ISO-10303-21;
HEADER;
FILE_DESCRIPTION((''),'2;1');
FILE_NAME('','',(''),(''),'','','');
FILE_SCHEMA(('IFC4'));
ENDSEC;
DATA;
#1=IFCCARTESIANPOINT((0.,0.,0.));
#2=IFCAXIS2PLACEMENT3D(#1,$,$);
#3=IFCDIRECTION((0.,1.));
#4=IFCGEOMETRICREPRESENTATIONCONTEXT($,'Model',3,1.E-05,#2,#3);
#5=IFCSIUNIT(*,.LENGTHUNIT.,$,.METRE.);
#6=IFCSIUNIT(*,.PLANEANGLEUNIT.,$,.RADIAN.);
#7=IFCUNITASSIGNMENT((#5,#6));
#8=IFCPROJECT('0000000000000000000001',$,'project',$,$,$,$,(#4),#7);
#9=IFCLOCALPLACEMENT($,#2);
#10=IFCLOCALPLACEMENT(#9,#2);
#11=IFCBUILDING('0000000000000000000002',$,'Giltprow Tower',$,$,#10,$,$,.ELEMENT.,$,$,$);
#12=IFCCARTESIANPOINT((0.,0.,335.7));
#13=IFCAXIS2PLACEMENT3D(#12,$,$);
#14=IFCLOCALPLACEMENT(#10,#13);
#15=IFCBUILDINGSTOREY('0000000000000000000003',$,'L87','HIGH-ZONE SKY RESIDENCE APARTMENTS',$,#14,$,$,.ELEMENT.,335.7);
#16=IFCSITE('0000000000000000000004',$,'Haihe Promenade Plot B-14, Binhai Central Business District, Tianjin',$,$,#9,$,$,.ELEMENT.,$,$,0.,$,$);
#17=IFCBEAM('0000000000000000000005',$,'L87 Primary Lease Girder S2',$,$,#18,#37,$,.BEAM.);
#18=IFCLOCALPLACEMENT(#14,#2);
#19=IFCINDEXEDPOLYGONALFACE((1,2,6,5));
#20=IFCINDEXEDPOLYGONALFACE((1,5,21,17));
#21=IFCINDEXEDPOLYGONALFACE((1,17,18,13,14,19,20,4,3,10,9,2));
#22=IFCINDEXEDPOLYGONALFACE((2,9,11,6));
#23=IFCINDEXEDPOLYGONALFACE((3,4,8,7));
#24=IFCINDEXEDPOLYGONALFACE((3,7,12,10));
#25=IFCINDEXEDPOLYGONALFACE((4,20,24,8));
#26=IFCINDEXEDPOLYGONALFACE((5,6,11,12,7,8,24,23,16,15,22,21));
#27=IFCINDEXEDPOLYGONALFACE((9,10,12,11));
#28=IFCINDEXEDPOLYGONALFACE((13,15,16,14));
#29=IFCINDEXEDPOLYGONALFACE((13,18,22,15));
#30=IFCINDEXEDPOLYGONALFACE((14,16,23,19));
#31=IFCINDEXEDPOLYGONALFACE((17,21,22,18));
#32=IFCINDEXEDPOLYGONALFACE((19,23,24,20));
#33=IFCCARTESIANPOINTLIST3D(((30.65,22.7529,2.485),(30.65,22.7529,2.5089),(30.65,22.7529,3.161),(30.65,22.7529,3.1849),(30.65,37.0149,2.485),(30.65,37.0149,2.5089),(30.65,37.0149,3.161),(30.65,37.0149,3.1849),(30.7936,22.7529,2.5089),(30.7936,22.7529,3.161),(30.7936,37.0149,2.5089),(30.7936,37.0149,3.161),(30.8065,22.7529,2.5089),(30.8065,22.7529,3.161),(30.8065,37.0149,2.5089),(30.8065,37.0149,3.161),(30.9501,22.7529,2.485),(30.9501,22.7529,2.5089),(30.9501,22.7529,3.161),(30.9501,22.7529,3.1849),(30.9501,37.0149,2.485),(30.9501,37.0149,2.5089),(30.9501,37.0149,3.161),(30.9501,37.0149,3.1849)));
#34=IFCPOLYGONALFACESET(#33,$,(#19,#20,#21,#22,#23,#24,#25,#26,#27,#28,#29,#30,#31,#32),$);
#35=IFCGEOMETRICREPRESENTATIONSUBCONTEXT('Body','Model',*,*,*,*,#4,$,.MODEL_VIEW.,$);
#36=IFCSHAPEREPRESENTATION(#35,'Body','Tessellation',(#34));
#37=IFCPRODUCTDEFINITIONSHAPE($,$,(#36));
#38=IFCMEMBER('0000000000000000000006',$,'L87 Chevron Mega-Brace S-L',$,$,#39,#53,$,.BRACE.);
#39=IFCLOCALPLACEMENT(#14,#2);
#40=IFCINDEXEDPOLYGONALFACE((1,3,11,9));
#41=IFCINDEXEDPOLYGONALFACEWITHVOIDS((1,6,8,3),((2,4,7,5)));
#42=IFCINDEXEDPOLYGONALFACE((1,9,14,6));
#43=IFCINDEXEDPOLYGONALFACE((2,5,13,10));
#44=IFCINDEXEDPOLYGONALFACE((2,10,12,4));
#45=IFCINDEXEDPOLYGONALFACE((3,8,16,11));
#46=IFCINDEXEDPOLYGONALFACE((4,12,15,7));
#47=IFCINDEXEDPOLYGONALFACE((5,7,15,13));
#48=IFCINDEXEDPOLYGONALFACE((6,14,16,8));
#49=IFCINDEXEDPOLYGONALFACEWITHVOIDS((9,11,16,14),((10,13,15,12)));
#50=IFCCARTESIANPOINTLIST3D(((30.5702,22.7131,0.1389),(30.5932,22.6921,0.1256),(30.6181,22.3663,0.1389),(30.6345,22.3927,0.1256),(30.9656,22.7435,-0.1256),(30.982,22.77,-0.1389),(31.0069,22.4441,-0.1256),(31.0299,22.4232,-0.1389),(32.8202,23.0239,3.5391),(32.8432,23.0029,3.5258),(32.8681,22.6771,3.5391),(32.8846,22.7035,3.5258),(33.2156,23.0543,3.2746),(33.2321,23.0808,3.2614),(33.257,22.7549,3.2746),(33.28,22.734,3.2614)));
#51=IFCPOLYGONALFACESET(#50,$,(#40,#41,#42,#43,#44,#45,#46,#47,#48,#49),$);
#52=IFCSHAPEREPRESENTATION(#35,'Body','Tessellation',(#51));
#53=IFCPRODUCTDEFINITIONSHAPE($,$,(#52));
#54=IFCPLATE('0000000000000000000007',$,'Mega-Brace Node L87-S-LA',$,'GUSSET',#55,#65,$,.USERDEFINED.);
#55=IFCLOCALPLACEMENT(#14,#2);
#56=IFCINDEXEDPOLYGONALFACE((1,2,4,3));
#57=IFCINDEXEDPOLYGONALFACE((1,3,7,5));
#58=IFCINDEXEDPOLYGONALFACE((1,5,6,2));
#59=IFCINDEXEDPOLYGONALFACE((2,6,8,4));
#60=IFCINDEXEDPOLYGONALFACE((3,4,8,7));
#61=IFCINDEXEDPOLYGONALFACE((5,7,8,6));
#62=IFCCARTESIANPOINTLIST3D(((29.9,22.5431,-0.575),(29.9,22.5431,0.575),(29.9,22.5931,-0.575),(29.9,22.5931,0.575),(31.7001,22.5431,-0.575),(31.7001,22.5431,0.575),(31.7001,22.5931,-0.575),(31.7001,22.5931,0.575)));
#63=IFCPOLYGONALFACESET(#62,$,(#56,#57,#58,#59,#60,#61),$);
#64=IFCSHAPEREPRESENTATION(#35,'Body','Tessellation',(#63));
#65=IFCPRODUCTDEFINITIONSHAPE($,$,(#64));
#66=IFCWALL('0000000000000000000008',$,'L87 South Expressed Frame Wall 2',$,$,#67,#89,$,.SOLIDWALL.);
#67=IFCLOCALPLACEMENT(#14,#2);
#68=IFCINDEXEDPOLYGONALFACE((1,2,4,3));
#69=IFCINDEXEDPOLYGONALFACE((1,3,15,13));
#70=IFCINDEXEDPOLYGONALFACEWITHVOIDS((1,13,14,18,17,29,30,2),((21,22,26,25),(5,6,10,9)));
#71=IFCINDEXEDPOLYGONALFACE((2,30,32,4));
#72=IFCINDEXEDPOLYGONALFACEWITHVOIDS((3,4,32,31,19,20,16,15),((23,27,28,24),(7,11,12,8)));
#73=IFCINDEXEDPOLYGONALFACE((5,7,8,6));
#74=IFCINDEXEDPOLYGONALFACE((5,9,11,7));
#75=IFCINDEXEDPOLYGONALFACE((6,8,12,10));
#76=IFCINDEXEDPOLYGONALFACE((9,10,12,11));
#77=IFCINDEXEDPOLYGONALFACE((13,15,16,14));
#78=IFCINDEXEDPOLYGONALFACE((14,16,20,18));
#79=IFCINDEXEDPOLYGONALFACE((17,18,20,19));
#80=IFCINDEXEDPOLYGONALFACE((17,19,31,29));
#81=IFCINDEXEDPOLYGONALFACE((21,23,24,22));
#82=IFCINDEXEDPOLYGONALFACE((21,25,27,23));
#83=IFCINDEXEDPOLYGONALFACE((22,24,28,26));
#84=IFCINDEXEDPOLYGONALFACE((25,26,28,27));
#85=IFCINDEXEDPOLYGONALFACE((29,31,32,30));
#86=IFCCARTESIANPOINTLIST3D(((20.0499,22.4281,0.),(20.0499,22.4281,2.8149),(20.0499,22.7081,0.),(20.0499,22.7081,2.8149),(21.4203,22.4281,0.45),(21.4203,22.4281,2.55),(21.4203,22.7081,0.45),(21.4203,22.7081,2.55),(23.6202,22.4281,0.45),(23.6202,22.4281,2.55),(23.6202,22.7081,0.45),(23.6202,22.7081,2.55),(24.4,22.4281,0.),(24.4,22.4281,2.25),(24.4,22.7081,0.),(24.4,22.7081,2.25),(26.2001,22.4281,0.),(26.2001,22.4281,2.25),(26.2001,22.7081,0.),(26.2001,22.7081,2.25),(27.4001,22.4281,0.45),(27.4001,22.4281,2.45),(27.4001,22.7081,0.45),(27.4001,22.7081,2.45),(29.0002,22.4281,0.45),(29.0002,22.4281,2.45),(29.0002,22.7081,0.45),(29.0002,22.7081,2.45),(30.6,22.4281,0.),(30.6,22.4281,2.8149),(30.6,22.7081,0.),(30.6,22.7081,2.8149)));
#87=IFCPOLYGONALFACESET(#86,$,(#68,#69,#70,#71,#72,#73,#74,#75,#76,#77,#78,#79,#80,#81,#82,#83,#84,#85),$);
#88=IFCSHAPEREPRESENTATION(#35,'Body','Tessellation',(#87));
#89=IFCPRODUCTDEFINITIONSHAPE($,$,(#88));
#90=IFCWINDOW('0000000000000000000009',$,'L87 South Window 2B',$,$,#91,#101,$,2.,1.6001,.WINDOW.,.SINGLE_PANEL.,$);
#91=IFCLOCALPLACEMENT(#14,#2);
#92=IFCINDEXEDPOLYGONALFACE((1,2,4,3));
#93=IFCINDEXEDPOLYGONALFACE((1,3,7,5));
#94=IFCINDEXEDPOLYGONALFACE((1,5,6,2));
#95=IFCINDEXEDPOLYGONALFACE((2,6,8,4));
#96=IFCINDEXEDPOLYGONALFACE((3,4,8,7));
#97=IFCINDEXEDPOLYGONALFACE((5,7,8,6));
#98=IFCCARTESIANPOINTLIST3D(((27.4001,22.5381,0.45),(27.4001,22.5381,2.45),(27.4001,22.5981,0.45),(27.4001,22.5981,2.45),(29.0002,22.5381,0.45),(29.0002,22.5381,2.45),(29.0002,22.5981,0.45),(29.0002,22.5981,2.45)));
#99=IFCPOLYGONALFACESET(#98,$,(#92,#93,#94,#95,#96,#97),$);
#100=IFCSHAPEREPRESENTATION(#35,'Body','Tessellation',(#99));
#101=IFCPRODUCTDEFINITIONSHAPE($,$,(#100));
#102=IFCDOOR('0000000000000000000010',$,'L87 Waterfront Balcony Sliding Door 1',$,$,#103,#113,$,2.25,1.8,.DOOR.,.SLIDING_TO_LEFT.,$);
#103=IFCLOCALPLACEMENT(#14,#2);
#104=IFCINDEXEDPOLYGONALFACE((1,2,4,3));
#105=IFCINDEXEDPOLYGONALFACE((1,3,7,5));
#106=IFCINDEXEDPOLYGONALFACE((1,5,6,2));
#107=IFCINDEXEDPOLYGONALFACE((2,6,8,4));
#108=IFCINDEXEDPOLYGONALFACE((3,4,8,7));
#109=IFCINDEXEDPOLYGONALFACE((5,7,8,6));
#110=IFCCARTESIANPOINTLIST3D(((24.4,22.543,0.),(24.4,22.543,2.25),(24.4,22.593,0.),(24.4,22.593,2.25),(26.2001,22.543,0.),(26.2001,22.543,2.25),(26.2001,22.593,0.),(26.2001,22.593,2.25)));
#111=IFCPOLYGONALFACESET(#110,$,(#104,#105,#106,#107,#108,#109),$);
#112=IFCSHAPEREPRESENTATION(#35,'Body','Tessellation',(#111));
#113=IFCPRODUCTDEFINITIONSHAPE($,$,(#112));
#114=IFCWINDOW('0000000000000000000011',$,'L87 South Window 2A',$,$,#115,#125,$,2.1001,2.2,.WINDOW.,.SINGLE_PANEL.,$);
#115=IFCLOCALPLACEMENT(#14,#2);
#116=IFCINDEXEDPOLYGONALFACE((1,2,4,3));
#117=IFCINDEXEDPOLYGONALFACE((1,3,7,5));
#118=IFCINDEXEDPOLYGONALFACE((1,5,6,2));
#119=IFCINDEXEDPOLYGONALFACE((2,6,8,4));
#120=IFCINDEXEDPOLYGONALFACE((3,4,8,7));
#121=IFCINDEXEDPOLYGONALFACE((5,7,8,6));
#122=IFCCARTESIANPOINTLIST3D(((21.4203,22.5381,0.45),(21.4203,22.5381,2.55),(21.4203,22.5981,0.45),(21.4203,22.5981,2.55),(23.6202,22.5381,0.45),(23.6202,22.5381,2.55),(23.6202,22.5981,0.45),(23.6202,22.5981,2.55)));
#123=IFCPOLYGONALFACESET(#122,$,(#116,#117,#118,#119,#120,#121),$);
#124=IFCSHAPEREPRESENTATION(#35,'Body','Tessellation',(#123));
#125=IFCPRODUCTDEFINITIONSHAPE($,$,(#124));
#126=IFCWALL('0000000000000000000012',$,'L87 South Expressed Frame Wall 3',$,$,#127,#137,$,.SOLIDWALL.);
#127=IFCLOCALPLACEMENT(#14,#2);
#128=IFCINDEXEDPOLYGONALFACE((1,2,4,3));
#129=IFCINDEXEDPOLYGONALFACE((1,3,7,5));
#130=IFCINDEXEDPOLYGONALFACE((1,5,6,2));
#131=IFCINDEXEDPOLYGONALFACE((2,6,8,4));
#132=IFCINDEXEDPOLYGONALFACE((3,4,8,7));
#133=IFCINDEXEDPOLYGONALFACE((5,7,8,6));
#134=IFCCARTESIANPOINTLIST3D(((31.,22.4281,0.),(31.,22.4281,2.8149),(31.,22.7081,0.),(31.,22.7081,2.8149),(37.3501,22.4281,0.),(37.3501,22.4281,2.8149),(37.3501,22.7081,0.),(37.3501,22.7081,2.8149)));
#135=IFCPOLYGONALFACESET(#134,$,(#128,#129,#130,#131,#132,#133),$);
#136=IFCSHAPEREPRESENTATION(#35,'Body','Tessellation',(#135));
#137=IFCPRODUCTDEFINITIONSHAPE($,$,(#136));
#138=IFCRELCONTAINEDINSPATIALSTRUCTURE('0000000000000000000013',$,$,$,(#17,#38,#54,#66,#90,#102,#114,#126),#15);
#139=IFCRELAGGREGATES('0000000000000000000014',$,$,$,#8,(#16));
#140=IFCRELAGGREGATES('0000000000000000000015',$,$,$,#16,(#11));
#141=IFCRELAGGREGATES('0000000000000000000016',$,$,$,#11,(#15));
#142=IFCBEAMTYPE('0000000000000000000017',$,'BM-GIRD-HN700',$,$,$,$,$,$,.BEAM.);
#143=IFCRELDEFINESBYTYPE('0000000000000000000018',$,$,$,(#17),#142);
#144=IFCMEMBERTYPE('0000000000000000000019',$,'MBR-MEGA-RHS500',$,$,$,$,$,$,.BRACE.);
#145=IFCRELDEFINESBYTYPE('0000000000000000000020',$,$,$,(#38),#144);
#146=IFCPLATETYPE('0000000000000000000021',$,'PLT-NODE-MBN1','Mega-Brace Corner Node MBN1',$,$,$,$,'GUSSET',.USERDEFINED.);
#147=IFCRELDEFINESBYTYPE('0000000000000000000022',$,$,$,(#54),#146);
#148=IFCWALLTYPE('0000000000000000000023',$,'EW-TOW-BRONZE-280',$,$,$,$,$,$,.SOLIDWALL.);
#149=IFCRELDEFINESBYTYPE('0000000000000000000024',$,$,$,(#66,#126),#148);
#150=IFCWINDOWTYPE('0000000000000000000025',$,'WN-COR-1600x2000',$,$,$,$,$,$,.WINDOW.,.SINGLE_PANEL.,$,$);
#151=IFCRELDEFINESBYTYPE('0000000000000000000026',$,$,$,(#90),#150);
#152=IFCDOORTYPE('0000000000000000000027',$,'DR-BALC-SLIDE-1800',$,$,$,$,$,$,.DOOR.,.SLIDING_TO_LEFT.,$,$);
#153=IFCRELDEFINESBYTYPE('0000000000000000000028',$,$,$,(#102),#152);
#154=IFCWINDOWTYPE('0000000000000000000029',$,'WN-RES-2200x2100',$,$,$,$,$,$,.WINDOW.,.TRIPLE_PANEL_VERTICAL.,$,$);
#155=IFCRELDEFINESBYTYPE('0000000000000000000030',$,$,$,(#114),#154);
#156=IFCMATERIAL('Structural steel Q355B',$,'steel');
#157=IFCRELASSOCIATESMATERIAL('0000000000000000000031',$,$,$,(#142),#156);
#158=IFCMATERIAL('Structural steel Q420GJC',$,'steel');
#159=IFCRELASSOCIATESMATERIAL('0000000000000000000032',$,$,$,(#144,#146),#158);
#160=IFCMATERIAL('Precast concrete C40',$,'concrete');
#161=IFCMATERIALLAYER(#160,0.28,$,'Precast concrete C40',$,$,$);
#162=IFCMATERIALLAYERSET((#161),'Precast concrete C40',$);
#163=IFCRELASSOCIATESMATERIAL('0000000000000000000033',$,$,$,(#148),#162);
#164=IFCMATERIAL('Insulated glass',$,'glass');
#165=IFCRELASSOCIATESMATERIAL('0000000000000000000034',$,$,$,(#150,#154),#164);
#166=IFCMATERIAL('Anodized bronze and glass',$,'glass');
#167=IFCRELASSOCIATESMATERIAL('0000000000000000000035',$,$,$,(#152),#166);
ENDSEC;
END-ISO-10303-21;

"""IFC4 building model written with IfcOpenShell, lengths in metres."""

from ifc_helpers import new_model, si_unit, direction, frame, frame_2d, origin, origin_2d, place, context, subcontext, project, spatial, rectangle, hollow_rectangle, i_section, extrude, source, transform, mapped, material, layer, layer_set, material_profile, profile_set, type_object, element, fill, save


model = new_model("IFC4")

# Units and contexts
model_context = context("Model", 3, precision=1e-05, world=origin(), true_north=direction((0.0, 1.0)))
body_context = subcontext(model_context, "Body", "Model", "MODEL_VIEW")
ifc_project = project(units=[si_unit("LENGTHUNIT", "METRE"), si_unit("PLANEANGLEUNIT", "RADIAN")], contexts=[model_context])

# Site, building, storey
site_placement = place(None, origin())
site = spatial("IfcSite", under=ifc_project, at=site_placement, Name="Haihe Promenade Plot B-14, Binhai Central Business District, Tianjin", CompositionType="ELEMENT", RefElevation=0.0)
building_placement = place(site_placement, origin())
building = spatial("IfcBuilding", under=site, at=building_placement, Name="Giltprow Tower", CompositionType="ELEMENT")
storey_placement = place(building_placement, frame((0.0, 0.0, 335.7)))
storey = spatial("IfcBuildingStorey", under=building, at=storey_placement, Name="L87", Description="HIGH-ZONE SKY RESIDENCE APARTMENTS", CompositionType="ELEMENT", Elevation=335.7)

# Shared definitions
ifc_material_1 = material(Name="Structural steel Q355B", Category="steel")

# Beam
ifc_material_profile_1 = material_profile(ifc_material_1, i_section(OverallWidth=0.3, OverallDepth=0.7, WebThickness=0.0129, FlangeThickness=0.0239, at=origin_2d()), Name="HN 700x300x13x24")
ifc_profile_set_1 = profile_set([ifc_material_profile_1], Name="Structural steel Q355B")
beam_type_1 = type_object("IfcBeamType", Name="BM-GIRD-HN700", PredefinedType="BEAM", material=ifc_profile_set_1)
shared_shape_1 = source(origin(), body_context, "Body", "SweptSolid", [
    extrude(i_section(OverallWidth=0.3, OverallDepth=0.7, WebThickness=0.0129, FlangeThickness=0.0239, at=origin_2d()), origin(), (0.0, 0.0, 1.0), 14.262),
])
for number, where, z_axis, x_axis, name in (
    (1, (30.8, 22.7529, 2.835), (0.0, 1.0, 0.0), (-1.0, 0.0, 0.0), "L87 Primary Lease Girder S2"),
):
    element("IfcBeam", number, at=place(storey_placement, frame(where, z_axis=z_axis, x_axis=x_axis)), inside=storey, type_object=beam_type_1, Name=name, PredefinedType="BEAM", context=body_context, shape_type="MappedRepresentation", body=[
        mapped(shared_shape_1, transform((0.0, 0.0, 0.0), x_axis=(1.0, 0.0, 0.0), y_axis=(0.0, 1.0, 0.0), z_axis=(0.0, 0.0, 1.0), scale=1.0)),
    ])

# Member
ifc_material_2 = material(Name="Structural steel Q420GJC", Category="steel")
ifc_material_profile_2 = material_profile(ifc_material_2, hollow_rectangle(XDim=0.3501, YDim=0.5, WallThickness=0.0239, at=origin_2d()), Name="RHS 500x350x24")
ifc_profile_set_2 = profile_set([ifc_material_profile_2], Name="Structural steel Q420GJC")
member_type = type_object("IfcMemberType", Name="MBR-MEGA-RHS500", PredefinedType="BRACE", material=ifc_profile_set_2)
shared_shape_2 = source(origin(), body_context, "Body", "SweptSolid", [
    extrude(hollow_rectangle(XDim=0.3501, YDim=0.5, WallThickness=0.0239, at=origin_2d()), origin(), (0.0, 0.0, 1.0), 4.0891),
])
member_placement = place(storey_placement, frame((30.8, 22.5681, 0.0), z_axis=(0.550254, 0.076006, 0.831531), x_axis=(-0.13683, 0.990595, 0.0)))
element("IfcMember", 2, at=member_placement, inside=storey, type_object=member_type, Name="L87 Chevron Mega-Brace S-L", PredefinedType="BRACE", context=body_context, shape_type="MappedRepresentation", body=[
    mapped(shared_shape_2, transform((0.0, 0.0, 0.0), x_axis=(1.0, 0.0, 0.0), y_axis=(0.0, 1.0, 0.0), z_axis=(0.0, 0.0, 1.0), scale=1.0)),
])

# Plate
plate_type = type_object("IfcPlateType", Name="PLT-NODE-MBN1", Description="Mega-Brace Corner Node MBN1", ElementType="GUSSET", PredefinedType="USERDEFINED", material=ifc_material_2)
shared_shape_3 = source(origin(), body_context, "Body", "SweptSolid", [
    extrude(rectangle(XDim=1.8, YDim=0.05, at=origin_2d()), origin(), (0.0, 0.0, 1.0), 1.1499),
])
plate_placement = place(storey_placement, frame((30.8, 22.5681, -0.575), z_axis=(0.0, 0.0, 1.0), x_axis=(1.0, 0.0, 0.0)))
element("IfcPlate", 3, at=plate_placement, inside=storey, type_object=plate_type, Name="Mega-Brace Node L87-S-LA", ObjectType="GUSSET", PredefinedType="USERDEFINED", context=body_context, shape_type="MappedRepresentation", body=[
    mapped(shared_shape_3, transform((0.0, 0.0, 0.0), x_axis=(1.0, 0.0, 0.0), y_axis=(0.0, 1.0, 0.0), z_axis=(0.0, 0.0, 1.0), scale=1.0)),
])

# Wall, openings, windows, door
ifc_material_3 = material(Name="Precast concrete C40", Category="concrete")
ifc_layer_1 = layer(ifc_material_3, 0.28, Name="Precast concrete C40")
ifc_layer_set_1 = layer_set([ifc_layer_1], Name="Precast concrete C40")
wall_type_1 = type_object("IfcWallType", Name="EW-TOW-BRONZE-280", PredefinedType="SOLIDWALL", material=ifc_layer_set_1)
wall_1_placement = place(storey_placement, frame((20.05, 22.5681, 0.0), z_axis=(0.0, 0.0, 1.0), x_axis=(1.0, 0.0, 0.0)))
wall_1 = element("IfcWall", 4, at=wall_1_placement, inside=storey, type_object=wall_type_1, Name="L87 South Expressed Frame Wall 2", PredefinedType="SOLIDWALL", context=body_context, shape_type="SweptSolid", body=[
    extrude(rectangle(XDim=10.55, YDim=0.28, at=frame_2d((5.2749, 0.0))), origin(), (0.0, 0.0, 1.0), 2.8149),
])
opening_1_placement = place(wall_1_placement, frame((4.3501, 0.0, 0.0)))
opening_1 = element("IfcOpeningElement", 5, at=opening_1_placement, cuts=wall_1, PredefinedType="OPENING", context=body_context, shape_type="SweptSolid", body=[
    extrude(rectangle(XDim=1.8, YDim=2.25, at=frame_2d((0.8999, 1.125))), frame((0.0, 0.1499, 0.0), z_axis=(0.0, -1.0, 0.0), x_axis=(1.0, 0.0, 0.0)), (0.0, 0.0, 1.0), 0.3),
])
opening_2_placement = place(wall_1_placement, frame((1.3701, 0.0, 0.45)))
opening_2 = element("IfcOpeningElement", 6, at=opening_2_placement, cuts=wall_1, PredefinedType="OPENING", context=body_context, shape_type="SweptSolid", body=[
    extrude(rectangle(XDim=2.2, YDim=2.1001, at=frame_2d((1.1001, 1.05))), frame((0.0, 0.1499, 0.0), z_axis=(0.0, -1.0, 0.0), x_axis=(1.0, 0.0, 0.0)), (0.0, 0.0, 1.0), 0.3),
])
opening_3_placement = place(wall_1_placement, frame((7.3501, 0.0, 0.45)))
opening_3 = element("IfcOpeningElement", 7, at=opening_3_placement, cuts=wall_1, PredefinedType="OPENING", context=body_context, shape_type="SweptSolid", body=[
    extrude(rectangle(XDim=1.6001, YDim=2.0, at=frame_2d((0.8, 1.0))), frame((0.0, 0.1499, 0.0), z_axis=(0.0, -1.0, 0.0), x_axis=(1.0, 0.0, 0.0)), (0.0, 0.0, 1.0), 0.3),
])
ifc_material_4 = material(Name="Insulated glass", Category="glass")
window_type_1 = type_object("IfcWindowType", Name="WN-COR-1600x2000", PartitioningType="SINGLE_PANEL", PredefinedType="WINDOW", material=ifc_material_4)
shared_shape_4 = source(origin(), body_context, "Body", "SweptSolid", [
    extrude(rectangle(XDim=1.6001, YDim=2.0, at=frame_2d((0.8, 1.0))), frame((0.0, 0.03, 0.0), z_axis=(0.0, -1.0, 0.0), x_axis=(1.0, 0.0, 0.0)), (0.0, 0.0, 1.0), 0.0601),
])
window_1_placement = place(opening_3_placement, origin())
window_1 = element("IfcWindow", 8, at=window_1_placement, inside=storey, type_object=window_type_1, Name="L87 South Window 2B", OverallHeight=2.0, OverallWidth=1.6001, PartitioningType="SINGLE_PANEL", PredefinedType="WINDOW", context=body_context, shape_type="MappedRepresentation", body=[
    mapped(shared_shape_4, transform((0.0, 0.0, 0.0), x_axis=(1.0, 0.0, 0.0), y_axis=(0.0, 1.0, 0.0), z_axis=(0.0, 0.0, 1.0), scale=1.0)),
])
fill(opening_3, window_1)
ifc_material_5 = material(Name="Anodized bronze and glass", Category="glass")
door_type_1 = type_object("IfcDoorType", Name="DR-BALC-SLIDE-1800", OperationType="SLIDING_TO_LEFT", PredefinedType="DOOR", material=ifc_material_5)
shared_shape_5 = source(origin(), body_context, "Body", "SweptSolid", [
    extrude(rectangle(XDim=1.8, YDim=2.25, at=frame_2d((0.8999, 1.125))), frame((0.0, 0.0249, 0.0), z_axis=(0.0, -1.0, 0.0), x_axis=(1.0, 0.0, 0.0)), (0.0, 0.0, 1.0), 0.05),
])
door_1_placement = place(opening_1_placement, origin())
door_1 = element("IfcDoor", 9, at=door_1_placement, inside=storey, type_object=door_type_1, Name="L87 Waterfront Balcony Sliding Door 1", OperationType="SLIDING_TO_LEFT", OverallHeight=2.25, OverallWidth=1.8, PredefinedType="DOOR", context=body_context, shape_type="MappedRepresentation", body=[
    mapped(shared_shape_5, transform((0.0, 0.0, 0.0), x_axis=(1.0, 0.0, 0.0), y_axis=(0.0, 1.0, 0.0), z_axis=(0.0, 0.0, 1.0), scale=1.0)),
])
fill(opening_1, door_1)
window_type_2 = type_object("IfcWindowType", Name="WN-RES-2200x2100", PartitioningType="TRIPLE_PANEL_VERTICAL", PredefinedType="WINDOW", material=ifc_material_4)
shared_shape_6 = source(origin(), body_context, "Body", "SweptSolid", [
    extrude(rectangle(XDim=2.2, YDim=2.1001, at=frame_2d((1.1001, 1.05))), frame((0.0, 0.03, 0.0), z_axis=(0.0, -1.0, 0.0), x_axis=(1.0, 0.0, 0.0)), (0.0, 0.0, 1.0), 0.0601),
])
window_2_placement = place(opening_2_placement, origin())
window_2 = element("IfcWindow", 10, at=window_2_placement, inside=storey, type_object=window_type_2, Name="L87 South Window 2A", OverallHeight=2.1001, OverallWidth=2.2, PartitioningType="SINGLE_PANEL", PredefinedType="WINDOW", context=body_context, shape_type="MappedRepresentation", body=[
    mapped(shared_shape_6, transform((0.0, 0.0, 0.0), x_axis=(1.0, 0.0, 0.0), y_axis=(0.0, 1.0, 0.0), z_axis=(0.0, 0.0, 1.0), scale=1.0)),
])
fill(opening_2, window_2)

# Wall
wall_2_placement = place(storey_placement, frame((31.0, 22.5681, 0.0), z_axis=(0.0, 0.0, 1.0), x_axis=(1.0, 0.0, 0.0)))
element("IfcWall", 11, at=wall_2_placement, inside=storey, type_object=wall_type_1, Name="L87 South Expressed Frame Wall 3", PredefinedType="SOLIDWALL", context=body_context, shape_type="SweptSolid", body=[
    extrude(rectangle(XDim=6.3501, YDim=0.28, at=frame_2d((3.175, 0.0))), origin(), (0.0, 0.0, 1.0), 2.8149),
])

save(model, "model.ifc")
